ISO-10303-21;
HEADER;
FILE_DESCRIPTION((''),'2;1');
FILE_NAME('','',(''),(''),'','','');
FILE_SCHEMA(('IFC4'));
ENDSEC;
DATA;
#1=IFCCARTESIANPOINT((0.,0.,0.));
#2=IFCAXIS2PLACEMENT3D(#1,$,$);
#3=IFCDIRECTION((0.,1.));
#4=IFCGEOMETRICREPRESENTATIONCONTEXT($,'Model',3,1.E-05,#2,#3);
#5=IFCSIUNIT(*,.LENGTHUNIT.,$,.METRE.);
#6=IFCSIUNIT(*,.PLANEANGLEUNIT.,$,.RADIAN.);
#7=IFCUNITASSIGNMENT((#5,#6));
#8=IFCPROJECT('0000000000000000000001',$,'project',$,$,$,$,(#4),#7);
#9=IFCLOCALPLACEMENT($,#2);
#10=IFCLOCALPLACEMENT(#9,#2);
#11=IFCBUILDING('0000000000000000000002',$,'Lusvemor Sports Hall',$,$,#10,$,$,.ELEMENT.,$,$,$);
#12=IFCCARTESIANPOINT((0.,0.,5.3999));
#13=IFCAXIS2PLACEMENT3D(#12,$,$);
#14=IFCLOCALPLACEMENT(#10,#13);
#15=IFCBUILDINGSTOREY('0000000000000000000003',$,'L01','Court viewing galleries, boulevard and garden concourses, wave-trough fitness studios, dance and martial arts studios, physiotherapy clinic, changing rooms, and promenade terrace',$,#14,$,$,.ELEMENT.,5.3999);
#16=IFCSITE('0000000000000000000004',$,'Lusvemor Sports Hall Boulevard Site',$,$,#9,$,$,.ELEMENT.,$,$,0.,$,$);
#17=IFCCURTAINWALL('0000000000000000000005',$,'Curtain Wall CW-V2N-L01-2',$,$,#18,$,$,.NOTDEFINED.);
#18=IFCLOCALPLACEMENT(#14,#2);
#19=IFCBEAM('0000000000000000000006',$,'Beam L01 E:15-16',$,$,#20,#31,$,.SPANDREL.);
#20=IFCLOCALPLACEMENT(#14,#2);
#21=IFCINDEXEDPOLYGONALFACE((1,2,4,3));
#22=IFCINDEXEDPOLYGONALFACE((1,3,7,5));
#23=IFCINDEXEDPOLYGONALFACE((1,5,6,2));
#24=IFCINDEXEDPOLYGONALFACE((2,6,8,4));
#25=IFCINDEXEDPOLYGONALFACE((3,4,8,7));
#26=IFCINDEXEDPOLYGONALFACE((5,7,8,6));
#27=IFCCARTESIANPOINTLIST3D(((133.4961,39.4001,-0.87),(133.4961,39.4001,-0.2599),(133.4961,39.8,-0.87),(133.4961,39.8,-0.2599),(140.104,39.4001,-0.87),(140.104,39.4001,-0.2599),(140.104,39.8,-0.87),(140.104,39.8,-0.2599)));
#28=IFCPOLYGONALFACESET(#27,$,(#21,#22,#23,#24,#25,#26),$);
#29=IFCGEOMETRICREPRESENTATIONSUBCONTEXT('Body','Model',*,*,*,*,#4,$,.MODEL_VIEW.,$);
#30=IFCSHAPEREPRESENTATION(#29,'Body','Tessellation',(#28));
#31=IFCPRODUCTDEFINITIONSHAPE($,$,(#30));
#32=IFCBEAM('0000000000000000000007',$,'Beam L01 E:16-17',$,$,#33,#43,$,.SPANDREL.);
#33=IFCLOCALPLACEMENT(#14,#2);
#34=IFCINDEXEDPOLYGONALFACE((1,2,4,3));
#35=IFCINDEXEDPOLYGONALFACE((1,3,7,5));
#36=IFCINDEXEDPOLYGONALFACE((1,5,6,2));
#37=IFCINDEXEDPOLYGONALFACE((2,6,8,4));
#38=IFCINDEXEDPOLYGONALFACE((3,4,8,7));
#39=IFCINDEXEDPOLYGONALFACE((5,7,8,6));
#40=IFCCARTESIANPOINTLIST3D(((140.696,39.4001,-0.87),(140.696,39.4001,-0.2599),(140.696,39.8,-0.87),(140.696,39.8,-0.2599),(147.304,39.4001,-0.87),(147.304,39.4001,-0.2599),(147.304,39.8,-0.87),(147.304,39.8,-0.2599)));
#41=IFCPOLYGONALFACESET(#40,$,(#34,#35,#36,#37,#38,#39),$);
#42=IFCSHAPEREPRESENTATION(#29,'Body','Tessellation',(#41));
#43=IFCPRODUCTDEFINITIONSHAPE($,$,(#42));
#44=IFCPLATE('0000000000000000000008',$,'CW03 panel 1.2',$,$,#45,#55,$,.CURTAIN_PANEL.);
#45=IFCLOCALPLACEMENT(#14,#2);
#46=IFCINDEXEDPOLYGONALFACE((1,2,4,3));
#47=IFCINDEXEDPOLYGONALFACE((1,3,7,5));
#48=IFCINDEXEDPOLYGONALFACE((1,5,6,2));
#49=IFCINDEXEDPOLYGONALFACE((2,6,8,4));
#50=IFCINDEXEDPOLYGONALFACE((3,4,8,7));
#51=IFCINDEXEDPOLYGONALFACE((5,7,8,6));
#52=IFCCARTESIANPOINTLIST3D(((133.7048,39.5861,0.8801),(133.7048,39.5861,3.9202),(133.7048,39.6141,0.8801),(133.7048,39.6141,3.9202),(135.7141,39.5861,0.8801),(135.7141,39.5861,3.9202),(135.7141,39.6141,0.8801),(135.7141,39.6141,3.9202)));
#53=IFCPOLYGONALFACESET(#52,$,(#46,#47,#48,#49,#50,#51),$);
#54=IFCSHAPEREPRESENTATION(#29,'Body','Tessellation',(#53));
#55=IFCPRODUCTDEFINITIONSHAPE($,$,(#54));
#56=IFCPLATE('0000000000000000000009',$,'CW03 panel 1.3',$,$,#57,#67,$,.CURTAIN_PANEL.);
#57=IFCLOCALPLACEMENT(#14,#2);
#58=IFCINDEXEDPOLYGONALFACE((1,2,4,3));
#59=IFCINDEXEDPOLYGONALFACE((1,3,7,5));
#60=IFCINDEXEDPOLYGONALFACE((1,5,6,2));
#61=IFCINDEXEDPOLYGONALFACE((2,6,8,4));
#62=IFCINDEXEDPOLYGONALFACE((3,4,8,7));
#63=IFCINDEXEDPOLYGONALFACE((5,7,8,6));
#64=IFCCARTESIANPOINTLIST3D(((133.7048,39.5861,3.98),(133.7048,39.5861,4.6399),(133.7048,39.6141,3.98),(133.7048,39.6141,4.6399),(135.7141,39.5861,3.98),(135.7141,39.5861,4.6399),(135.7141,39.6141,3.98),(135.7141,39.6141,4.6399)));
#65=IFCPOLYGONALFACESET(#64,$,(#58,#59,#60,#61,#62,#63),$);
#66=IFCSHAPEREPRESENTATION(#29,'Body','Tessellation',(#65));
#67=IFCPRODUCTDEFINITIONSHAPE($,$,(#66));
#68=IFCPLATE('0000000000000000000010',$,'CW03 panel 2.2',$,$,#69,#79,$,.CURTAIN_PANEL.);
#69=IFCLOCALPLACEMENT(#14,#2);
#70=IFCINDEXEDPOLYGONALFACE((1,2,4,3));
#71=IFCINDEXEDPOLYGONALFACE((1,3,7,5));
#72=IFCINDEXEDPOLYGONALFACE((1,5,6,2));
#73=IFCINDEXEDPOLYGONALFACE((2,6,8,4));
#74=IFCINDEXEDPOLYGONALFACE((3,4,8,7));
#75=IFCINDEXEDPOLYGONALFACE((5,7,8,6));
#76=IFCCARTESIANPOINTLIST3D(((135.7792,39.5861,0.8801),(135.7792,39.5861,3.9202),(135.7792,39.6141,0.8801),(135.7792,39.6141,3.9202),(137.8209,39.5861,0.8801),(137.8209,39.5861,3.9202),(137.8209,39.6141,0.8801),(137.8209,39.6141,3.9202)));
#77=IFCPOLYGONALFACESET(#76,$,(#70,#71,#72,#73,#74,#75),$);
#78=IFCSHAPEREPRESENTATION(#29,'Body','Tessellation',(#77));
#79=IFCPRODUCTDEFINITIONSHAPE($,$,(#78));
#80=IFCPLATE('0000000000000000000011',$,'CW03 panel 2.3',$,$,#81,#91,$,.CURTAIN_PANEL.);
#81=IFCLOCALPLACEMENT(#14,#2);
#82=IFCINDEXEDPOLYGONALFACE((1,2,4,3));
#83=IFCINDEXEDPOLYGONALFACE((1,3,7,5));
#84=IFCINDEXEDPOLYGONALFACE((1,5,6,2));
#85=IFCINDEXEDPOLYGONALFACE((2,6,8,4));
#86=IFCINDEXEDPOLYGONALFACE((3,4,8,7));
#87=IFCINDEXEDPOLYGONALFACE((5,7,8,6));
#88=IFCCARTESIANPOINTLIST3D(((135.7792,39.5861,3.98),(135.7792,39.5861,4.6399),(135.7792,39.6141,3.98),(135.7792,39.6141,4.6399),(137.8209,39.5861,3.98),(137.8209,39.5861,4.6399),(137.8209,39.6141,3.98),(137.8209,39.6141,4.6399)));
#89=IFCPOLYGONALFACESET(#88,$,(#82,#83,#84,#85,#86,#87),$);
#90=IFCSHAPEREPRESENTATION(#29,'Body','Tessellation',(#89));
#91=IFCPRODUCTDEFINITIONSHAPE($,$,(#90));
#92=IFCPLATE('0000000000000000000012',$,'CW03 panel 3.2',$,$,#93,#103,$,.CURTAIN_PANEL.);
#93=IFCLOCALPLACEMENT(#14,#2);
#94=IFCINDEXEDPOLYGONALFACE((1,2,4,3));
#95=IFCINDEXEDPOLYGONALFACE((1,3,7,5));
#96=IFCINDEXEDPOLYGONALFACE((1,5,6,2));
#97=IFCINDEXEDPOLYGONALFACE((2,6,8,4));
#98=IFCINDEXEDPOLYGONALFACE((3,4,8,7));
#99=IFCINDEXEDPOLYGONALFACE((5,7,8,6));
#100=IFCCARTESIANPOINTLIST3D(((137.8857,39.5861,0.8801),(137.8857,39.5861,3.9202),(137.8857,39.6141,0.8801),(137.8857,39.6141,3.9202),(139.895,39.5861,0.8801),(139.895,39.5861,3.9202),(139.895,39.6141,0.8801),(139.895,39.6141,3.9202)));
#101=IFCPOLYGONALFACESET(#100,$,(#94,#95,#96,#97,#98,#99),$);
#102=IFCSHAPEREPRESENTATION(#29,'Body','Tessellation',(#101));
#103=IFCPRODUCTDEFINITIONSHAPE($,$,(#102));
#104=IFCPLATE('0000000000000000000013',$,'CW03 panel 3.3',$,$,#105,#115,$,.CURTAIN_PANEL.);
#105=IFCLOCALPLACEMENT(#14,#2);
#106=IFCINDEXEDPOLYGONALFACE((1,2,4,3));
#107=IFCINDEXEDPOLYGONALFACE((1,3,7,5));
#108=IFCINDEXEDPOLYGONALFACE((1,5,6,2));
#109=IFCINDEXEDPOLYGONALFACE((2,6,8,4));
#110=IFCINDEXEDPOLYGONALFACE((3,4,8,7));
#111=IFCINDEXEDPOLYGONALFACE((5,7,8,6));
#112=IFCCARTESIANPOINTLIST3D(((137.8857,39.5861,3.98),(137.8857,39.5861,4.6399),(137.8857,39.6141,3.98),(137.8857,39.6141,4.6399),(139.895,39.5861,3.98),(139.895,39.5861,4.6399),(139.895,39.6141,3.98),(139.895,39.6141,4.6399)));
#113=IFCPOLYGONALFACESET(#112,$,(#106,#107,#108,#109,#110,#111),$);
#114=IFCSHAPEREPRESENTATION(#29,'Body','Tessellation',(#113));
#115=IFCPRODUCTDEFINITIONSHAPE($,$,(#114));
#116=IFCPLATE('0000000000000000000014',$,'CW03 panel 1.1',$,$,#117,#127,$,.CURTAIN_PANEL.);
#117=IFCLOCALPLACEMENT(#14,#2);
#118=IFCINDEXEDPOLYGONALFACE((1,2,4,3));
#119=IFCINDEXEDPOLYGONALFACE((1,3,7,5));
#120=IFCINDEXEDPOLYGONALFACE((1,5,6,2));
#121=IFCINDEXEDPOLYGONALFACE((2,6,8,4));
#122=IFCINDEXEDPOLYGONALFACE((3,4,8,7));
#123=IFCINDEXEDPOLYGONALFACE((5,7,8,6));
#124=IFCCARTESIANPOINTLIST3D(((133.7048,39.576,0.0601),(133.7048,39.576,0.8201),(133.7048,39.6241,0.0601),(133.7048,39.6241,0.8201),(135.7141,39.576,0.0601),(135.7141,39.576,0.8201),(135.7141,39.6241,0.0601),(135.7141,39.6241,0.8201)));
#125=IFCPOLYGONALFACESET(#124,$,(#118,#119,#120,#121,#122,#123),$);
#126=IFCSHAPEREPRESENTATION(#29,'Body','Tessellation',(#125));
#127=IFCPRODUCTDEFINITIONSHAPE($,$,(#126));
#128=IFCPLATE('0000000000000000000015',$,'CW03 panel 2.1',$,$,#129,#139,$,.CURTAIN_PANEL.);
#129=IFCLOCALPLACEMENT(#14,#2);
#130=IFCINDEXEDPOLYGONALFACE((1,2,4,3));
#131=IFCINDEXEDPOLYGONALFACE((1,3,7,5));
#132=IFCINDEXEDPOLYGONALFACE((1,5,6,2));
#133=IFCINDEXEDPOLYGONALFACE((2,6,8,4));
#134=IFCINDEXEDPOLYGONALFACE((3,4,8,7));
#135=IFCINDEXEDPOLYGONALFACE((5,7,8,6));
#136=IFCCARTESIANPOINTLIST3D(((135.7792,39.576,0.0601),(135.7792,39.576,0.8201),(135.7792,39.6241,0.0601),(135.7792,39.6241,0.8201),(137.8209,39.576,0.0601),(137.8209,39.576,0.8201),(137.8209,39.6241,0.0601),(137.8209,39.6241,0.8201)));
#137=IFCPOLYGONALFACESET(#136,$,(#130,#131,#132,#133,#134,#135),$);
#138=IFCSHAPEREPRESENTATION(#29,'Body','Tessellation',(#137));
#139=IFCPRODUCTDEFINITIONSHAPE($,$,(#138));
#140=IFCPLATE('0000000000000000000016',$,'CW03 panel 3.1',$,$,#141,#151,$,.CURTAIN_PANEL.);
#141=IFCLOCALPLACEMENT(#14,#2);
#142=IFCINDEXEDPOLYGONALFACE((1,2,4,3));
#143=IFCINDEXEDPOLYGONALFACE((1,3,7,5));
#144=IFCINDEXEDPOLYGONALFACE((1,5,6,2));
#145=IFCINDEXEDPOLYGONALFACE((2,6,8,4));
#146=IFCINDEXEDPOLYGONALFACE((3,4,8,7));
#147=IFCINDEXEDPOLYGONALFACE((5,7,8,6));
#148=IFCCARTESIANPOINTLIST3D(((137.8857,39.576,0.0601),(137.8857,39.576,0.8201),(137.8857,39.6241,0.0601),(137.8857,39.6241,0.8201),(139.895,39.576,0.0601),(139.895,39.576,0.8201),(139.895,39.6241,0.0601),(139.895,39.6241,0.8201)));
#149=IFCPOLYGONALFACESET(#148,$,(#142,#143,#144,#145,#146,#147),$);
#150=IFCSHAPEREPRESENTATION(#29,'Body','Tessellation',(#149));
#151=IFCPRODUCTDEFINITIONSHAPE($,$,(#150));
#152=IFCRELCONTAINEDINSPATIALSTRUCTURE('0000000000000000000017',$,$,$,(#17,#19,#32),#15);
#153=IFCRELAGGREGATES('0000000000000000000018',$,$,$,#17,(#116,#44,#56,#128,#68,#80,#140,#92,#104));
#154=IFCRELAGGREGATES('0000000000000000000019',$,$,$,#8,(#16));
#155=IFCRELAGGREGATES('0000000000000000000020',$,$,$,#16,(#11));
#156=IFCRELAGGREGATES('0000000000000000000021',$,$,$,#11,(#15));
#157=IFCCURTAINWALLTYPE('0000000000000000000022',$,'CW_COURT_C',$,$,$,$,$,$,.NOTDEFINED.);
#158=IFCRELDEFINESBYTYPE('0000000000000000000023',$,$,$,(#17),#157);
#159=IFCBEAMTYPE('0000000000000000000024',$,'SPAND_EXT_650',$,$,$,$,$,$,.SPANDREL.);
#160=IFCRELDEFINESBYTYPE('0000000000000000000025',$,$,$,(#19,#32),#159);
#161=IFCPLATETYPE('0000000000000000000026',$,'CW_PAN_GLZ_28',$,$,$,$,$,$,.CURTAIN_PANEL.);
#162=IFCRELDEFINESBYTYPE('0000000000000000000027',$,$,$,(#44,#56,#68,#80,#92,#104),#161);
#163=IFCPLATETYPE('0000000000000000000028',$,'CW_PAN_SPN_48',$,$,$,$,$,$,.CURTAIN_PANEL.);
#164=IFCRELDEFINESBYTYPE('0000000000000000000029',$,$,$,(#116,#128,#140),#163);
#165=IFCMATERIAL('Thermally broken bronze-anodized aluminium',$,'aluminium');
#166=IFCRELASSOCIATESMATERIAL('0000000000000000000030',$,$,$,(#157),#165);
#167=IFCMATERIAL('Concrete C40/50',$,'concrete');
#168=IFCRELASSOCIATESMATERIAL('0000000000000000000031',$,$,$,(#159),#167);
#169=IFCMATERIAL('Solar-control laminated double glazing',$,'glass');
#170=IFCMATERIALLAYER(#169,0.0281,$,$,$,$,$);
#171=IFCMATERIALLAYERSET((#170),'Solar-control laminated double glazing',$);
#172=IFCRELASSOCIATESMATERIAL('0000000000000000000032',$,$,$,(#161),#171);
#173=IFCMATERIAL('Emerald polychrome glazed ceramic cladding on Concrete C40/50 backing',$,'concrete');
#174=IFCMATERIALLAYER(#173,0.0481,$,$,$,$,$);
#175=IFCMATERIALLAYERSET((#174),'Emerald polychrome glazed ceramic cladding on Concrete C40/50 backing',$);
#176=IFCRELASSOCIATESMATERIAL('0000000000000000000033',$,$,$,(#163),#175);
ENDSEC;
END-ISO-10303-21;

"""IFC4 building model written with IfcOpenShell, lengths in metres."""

from ifc_helpers import new_model, si_unit, direction, frame, origin, origin_2d, place, context, subcontext, project, spatial, rectangle, extrude, material, layer, layer_set, material_profile, profile_set, type_object, element, aggregate, save


model = new_model("IFC4")

# Units and contexts
model_context = context("Model", 3, precision=1e-05, world=origin(), true_north=direction((0.0, 1.0)))
body_context = subcontext(model_context, "Body", "Model", "MODEL_VIEW")
ifc_project = project(units=[si_unit("LENGTHUNIT", "METRE"), si_unit("PLANEANGLEUNIT", "RADIAN")], contexts=[model_context])

# Site, building, storey
site_placement = place(None, origin())
site = spatial("IfcSite", under=ifc_project, at=site_placement, Name="Lusvemor Sports Hall Boulevard Site", CompositionType="ELEMENT", RefElevation=0.0)
building_placement = place(site_placement, origin())
building = spatial("IfcBuilding", under=site, at=building_placement, Name="Lusvemor Sports Hall", CompositionType="ELEMENT")
storey_placement = place(building_placement, frame((0.0, 0.0, 5.3999)))
storey = spatial("IfcBuildingStorey", under=building, at=storey_placement, Name="L01", Description="Court viewing galleries, boulevard and garden concourses, wave-trough fitness studios, dance and martial arts studios, physiotherapy clinic, changing rooms, and promenade terrace", CompositionType="ELEMENT", Elevation=5.3999)

# Curtain wall
ifc_material_1 = material(Name="Thermally broken bronze-anodized aluminium", Category="aluminium")
curtain_wall_type = type_object("IfcCurtainWallType", Name="CW_COURT_C", PredefinedType="NOTDEFINED", material=ifc_material_1)
curtain_wall_placement = place(storey_placement, origin())
curtain_wall = element("IfcCurtainWall", 1, at=curtain_wall_placement, inside=storey, type_object=curtain_wall_type, Name="Curtain Wall CW-V2N-L01-2", PredefinedType="NOTDEFINED")

# Beams
ifc_material_2 = material(Name="Concrete C40/50", Category="concrete")
ifc_material_profile_1 = material_profile(ifc_material_2, rectangle(XDim=0.3999, YDim=0.6101, at=origin_2d()), Name="RC400x610")
ifc_profile_set_1 = profile_set([ifc_material_profile_1], Name="Concrete C40/50")
beam_type_1 = type_object("IfcBeamType", Name="SPAND_EXT_650", PredefinedType="SPANDREL", material=ifc_profile_set_1)
for number, where, z_axis, x_axis, name in (
    (2, (133.4961, 39.6001, -0.5649), (1.0, 0.0, 0.0), (0.0, 1.0, 0.0), "Beam L01 E:15-16"),
    (3, (140.696, 39.6001, -0.5649), (1.0, 0.0, 0.0), (0.0, 1.0, 0.0), "Beam L01 E:16-17"),
):
    element("IfcBeam", number, at=place(storey_placement, frame(where, z_axis=z_axis, x_axis=x_axis)), inside=storey, type_object=beam_type_1, Name=name, PredefinedType="SPANDREL", context=body_context, shape_type="SweptSolid", body=[
        extrude(rectangle(XDim=0.3999, YDim=0.6101, at=origin_2d()), origin(), (0.0, 0.0, 1.0), 6.6079),
    ])

# Plates
ifc_material_3 = material(Name="Solar-control laminated double glazing", Category="glass")
ifc_layer_1 = layer(ifc_material_3, 0.0281)
ifc_layer_set_1 = layer_set([ifc_layer_1], Name="Solar-control laminated double glazing")
plate_type_1 = type_object("IfcPlateType", Name="CW_PAN_GLZ_28", PredefinedType="CURTAIN_PANEL", material=ifc_layer_set_1)
plate_1_placement = place(storey_placement, frame((134.7095, 39.6001, 0.8801), z_axis=(0.0, 0.0, 1.0), x_axis=(1.0, 0.0, 0.0)))
plate_1 = element("IfcPlate", 4, at=plate_1_placement, type_object=plate_type_1, Name="CW03 panel 1.2", PredefinedType="CURTAIN_PANEL", context=body_context, shape_type="SweptSolid", body=[
    extrude(rectangle(XDim=2.0093, YDim=0.0281, at=origin_2d()), origin(), (0.0, 0.0, 1.0), 3.04),
])
plate_2_placement = place(storey_placement, frame((134.7095, 39.6001, 3.98), z_axis=(0.0, 0.0, 1.0), x_axis=(1.0, 0.0, 0.0)))
plate_2 = element("IfcPlate", 5, at=plate_2_placement, type_object=plate_type_1, Name="CW03 panel 1.3", PredefinedType="CURTAIN_PANEL", context=body_context, shape_type="SweptSolid", body=[
    extrude(rectangle(XDim=2.0093, YDim=0.0281, at=origin_2d()), origin(), (0.0, 0.0, 1.0), 0.6599),
])
plate_3_placement = place(storey_placement, frame((136.8, 39.6001, 0.8801), z_axis=(0.0, 0.0, 1.0), x_axis=(1.0, 0.0, 0.0)))
plate_3 = element("IfcPlate", 6, at=plate_3_placement, type_object=plate_type_1, Name="CW03 panel 2.2", PredefinedType="CURTAIN_PANEL", context=body_context, shape_type="SweptSolid", body=[
    extrude(rectangle(XDim=2.0417, YDim=0.0281, at=origin_2d()), origin(), (0.0, 0.0, 1.0), 3.04),
])
plate_4_placement = place(storey_placement, frame((136.8, 39.6001, 3.98), z_axis=(0.0, 0.0, 1.0), x_axis=(1.0, 0.0, 0.0)))
plate_4 = element("IfcPlate", 7, at=plate_4_placement, type_object=plate_type_1, Name="CW03 panel 2.3", PredefinedType="CURTAIN_PANEL", context=body_context, shape_type="SweptSolid", body=[
    extrude(rectangle(XDim=2.0417, YDim=0.0281, at=origin_2d()), origin(), (0.0, 0.0, 1.0), 0.6599),
])
plate_5_placement = place(storey_placement, frame((138.8904, 39.6001, 0.8801), z_axis=(0.0, 0.0, 1.0), x_axis=(1.0, 0.0, 0.0)))
plate_5 = element("IfcPlate", 8, at=plate_5_placement, type_object=plate_type_1, Name="CW03 panel 3.2", PredefinedType="CURTAIN_PANEL", context=body_context, shape_type="SweptSolid", body=[
    extrude(rectangle(XDim=2.0093, YDim=0.0281, at=origin_2d()), origin(), (0.0, 0.0, 1.0), 3.04),
])
plate_6_placement = place(storey_placement, frame((138.8904, 39.6001, 3.98), z_axis=(0.0, 0.0, 1.0), x_axis=(1.0, 0.0, 0.0)))
plate_6 = element("IfcPlate", 9, at=plate_6_placement, type_object=plate_type_1, Name="CW03 panel 3.3", PredefinedType="CURTAIN_PANEL", context=body_context, shape_type="SweptSolid", body=[
    extrude(rectangle(XDim=2.0093, YDim=0.0281, at=origin_2d()), origin(), (0.0, 0.0, 1.0), 0.6599),
])
ifc_material_4 = material(Name="Emerald polychrome glazed ceramic cladding on Concrete C40/50 backing", Category="concrete")
ifc_layer_2 = layer(ifc_material_4, 0.0481)
ifc_layer_set_2 = layer_set([ifc_layer_2], Name="Emerald polychrome glazed ceramic cladding on Concrete C40/50 backing")
plate_type_2 = type_object("IfcPlateType", Name="CW_PAN_SPN_48", PredefinedType="CURTAIN_PANEL", material=ifc_layer_set_2)
plate_7_placement = place(storey_placement, frame((134.7095, 39.6001, 0.0601), z_axis=(0.0, 0.0, 1.0), x_axis=(1.0, 0.0, 0.0)))
plate_7 = element("IfcPlate", 10, at=plate_7_placement, type_object=plate_type_2, Name="CW03 panel 1.1", PredefinedType="CURTAIN_PANEL", context=body_context, shape_type="SweptSolid", body=[
    extrude(rectangle(XDim=2.0093, YDim=0.0481, at=origin_2d()), origin(), (0.0, 0.0, 1.0), 0.76),
])
plate_8_placement = place(storey_placement, frame((136.8, 39.6001, 0.0601), z_axis=(0.0, 0.0, 1.0), x_axis=(1.0, 0.0, 0.0)))
plate_8 = element("IfcPlate", 11, at=plate_8_placement, type_object=plate_type_2, Name="CW03 panel 2.1", PredefinedType="CURTAIN_PANEL", context=body_context, shape_type="SweptSolid", body=[
    extrude(rectangle(XDim=2.0417, YDim=0.0481, at=origin_2d()), origin(), (0.0, 0.0, 1.0), 0.76),
])
plate_9_placement = place(storey_placement, frame((138.8904, 39.6001, 0.0601), z_axis=(0.0, 0.0, 1.0), x_axis=(1.0, 0.0, 0.0)))
plate_9 = element("IfcPlate", 12, at=plate_9_placement, type_object=plate_type_2, Name="CW03 panel 3.1", PredefinedType="CURTAIN_PANEL", context=body_context, shape_type="SweptSolid", body=[
    extrude(rectangle(XDim=2.0093, YDim=0.0481, at=origin_2d()), origin(), (0.0, 0.0, 1.0), 0.76),
])
aggregate(curtain_wall, [plate_7, plate_1, plate_2, plate_8, plate_3, plate_4, plate_9, plate_5, plate_6])

save(model, "model.ifc")
